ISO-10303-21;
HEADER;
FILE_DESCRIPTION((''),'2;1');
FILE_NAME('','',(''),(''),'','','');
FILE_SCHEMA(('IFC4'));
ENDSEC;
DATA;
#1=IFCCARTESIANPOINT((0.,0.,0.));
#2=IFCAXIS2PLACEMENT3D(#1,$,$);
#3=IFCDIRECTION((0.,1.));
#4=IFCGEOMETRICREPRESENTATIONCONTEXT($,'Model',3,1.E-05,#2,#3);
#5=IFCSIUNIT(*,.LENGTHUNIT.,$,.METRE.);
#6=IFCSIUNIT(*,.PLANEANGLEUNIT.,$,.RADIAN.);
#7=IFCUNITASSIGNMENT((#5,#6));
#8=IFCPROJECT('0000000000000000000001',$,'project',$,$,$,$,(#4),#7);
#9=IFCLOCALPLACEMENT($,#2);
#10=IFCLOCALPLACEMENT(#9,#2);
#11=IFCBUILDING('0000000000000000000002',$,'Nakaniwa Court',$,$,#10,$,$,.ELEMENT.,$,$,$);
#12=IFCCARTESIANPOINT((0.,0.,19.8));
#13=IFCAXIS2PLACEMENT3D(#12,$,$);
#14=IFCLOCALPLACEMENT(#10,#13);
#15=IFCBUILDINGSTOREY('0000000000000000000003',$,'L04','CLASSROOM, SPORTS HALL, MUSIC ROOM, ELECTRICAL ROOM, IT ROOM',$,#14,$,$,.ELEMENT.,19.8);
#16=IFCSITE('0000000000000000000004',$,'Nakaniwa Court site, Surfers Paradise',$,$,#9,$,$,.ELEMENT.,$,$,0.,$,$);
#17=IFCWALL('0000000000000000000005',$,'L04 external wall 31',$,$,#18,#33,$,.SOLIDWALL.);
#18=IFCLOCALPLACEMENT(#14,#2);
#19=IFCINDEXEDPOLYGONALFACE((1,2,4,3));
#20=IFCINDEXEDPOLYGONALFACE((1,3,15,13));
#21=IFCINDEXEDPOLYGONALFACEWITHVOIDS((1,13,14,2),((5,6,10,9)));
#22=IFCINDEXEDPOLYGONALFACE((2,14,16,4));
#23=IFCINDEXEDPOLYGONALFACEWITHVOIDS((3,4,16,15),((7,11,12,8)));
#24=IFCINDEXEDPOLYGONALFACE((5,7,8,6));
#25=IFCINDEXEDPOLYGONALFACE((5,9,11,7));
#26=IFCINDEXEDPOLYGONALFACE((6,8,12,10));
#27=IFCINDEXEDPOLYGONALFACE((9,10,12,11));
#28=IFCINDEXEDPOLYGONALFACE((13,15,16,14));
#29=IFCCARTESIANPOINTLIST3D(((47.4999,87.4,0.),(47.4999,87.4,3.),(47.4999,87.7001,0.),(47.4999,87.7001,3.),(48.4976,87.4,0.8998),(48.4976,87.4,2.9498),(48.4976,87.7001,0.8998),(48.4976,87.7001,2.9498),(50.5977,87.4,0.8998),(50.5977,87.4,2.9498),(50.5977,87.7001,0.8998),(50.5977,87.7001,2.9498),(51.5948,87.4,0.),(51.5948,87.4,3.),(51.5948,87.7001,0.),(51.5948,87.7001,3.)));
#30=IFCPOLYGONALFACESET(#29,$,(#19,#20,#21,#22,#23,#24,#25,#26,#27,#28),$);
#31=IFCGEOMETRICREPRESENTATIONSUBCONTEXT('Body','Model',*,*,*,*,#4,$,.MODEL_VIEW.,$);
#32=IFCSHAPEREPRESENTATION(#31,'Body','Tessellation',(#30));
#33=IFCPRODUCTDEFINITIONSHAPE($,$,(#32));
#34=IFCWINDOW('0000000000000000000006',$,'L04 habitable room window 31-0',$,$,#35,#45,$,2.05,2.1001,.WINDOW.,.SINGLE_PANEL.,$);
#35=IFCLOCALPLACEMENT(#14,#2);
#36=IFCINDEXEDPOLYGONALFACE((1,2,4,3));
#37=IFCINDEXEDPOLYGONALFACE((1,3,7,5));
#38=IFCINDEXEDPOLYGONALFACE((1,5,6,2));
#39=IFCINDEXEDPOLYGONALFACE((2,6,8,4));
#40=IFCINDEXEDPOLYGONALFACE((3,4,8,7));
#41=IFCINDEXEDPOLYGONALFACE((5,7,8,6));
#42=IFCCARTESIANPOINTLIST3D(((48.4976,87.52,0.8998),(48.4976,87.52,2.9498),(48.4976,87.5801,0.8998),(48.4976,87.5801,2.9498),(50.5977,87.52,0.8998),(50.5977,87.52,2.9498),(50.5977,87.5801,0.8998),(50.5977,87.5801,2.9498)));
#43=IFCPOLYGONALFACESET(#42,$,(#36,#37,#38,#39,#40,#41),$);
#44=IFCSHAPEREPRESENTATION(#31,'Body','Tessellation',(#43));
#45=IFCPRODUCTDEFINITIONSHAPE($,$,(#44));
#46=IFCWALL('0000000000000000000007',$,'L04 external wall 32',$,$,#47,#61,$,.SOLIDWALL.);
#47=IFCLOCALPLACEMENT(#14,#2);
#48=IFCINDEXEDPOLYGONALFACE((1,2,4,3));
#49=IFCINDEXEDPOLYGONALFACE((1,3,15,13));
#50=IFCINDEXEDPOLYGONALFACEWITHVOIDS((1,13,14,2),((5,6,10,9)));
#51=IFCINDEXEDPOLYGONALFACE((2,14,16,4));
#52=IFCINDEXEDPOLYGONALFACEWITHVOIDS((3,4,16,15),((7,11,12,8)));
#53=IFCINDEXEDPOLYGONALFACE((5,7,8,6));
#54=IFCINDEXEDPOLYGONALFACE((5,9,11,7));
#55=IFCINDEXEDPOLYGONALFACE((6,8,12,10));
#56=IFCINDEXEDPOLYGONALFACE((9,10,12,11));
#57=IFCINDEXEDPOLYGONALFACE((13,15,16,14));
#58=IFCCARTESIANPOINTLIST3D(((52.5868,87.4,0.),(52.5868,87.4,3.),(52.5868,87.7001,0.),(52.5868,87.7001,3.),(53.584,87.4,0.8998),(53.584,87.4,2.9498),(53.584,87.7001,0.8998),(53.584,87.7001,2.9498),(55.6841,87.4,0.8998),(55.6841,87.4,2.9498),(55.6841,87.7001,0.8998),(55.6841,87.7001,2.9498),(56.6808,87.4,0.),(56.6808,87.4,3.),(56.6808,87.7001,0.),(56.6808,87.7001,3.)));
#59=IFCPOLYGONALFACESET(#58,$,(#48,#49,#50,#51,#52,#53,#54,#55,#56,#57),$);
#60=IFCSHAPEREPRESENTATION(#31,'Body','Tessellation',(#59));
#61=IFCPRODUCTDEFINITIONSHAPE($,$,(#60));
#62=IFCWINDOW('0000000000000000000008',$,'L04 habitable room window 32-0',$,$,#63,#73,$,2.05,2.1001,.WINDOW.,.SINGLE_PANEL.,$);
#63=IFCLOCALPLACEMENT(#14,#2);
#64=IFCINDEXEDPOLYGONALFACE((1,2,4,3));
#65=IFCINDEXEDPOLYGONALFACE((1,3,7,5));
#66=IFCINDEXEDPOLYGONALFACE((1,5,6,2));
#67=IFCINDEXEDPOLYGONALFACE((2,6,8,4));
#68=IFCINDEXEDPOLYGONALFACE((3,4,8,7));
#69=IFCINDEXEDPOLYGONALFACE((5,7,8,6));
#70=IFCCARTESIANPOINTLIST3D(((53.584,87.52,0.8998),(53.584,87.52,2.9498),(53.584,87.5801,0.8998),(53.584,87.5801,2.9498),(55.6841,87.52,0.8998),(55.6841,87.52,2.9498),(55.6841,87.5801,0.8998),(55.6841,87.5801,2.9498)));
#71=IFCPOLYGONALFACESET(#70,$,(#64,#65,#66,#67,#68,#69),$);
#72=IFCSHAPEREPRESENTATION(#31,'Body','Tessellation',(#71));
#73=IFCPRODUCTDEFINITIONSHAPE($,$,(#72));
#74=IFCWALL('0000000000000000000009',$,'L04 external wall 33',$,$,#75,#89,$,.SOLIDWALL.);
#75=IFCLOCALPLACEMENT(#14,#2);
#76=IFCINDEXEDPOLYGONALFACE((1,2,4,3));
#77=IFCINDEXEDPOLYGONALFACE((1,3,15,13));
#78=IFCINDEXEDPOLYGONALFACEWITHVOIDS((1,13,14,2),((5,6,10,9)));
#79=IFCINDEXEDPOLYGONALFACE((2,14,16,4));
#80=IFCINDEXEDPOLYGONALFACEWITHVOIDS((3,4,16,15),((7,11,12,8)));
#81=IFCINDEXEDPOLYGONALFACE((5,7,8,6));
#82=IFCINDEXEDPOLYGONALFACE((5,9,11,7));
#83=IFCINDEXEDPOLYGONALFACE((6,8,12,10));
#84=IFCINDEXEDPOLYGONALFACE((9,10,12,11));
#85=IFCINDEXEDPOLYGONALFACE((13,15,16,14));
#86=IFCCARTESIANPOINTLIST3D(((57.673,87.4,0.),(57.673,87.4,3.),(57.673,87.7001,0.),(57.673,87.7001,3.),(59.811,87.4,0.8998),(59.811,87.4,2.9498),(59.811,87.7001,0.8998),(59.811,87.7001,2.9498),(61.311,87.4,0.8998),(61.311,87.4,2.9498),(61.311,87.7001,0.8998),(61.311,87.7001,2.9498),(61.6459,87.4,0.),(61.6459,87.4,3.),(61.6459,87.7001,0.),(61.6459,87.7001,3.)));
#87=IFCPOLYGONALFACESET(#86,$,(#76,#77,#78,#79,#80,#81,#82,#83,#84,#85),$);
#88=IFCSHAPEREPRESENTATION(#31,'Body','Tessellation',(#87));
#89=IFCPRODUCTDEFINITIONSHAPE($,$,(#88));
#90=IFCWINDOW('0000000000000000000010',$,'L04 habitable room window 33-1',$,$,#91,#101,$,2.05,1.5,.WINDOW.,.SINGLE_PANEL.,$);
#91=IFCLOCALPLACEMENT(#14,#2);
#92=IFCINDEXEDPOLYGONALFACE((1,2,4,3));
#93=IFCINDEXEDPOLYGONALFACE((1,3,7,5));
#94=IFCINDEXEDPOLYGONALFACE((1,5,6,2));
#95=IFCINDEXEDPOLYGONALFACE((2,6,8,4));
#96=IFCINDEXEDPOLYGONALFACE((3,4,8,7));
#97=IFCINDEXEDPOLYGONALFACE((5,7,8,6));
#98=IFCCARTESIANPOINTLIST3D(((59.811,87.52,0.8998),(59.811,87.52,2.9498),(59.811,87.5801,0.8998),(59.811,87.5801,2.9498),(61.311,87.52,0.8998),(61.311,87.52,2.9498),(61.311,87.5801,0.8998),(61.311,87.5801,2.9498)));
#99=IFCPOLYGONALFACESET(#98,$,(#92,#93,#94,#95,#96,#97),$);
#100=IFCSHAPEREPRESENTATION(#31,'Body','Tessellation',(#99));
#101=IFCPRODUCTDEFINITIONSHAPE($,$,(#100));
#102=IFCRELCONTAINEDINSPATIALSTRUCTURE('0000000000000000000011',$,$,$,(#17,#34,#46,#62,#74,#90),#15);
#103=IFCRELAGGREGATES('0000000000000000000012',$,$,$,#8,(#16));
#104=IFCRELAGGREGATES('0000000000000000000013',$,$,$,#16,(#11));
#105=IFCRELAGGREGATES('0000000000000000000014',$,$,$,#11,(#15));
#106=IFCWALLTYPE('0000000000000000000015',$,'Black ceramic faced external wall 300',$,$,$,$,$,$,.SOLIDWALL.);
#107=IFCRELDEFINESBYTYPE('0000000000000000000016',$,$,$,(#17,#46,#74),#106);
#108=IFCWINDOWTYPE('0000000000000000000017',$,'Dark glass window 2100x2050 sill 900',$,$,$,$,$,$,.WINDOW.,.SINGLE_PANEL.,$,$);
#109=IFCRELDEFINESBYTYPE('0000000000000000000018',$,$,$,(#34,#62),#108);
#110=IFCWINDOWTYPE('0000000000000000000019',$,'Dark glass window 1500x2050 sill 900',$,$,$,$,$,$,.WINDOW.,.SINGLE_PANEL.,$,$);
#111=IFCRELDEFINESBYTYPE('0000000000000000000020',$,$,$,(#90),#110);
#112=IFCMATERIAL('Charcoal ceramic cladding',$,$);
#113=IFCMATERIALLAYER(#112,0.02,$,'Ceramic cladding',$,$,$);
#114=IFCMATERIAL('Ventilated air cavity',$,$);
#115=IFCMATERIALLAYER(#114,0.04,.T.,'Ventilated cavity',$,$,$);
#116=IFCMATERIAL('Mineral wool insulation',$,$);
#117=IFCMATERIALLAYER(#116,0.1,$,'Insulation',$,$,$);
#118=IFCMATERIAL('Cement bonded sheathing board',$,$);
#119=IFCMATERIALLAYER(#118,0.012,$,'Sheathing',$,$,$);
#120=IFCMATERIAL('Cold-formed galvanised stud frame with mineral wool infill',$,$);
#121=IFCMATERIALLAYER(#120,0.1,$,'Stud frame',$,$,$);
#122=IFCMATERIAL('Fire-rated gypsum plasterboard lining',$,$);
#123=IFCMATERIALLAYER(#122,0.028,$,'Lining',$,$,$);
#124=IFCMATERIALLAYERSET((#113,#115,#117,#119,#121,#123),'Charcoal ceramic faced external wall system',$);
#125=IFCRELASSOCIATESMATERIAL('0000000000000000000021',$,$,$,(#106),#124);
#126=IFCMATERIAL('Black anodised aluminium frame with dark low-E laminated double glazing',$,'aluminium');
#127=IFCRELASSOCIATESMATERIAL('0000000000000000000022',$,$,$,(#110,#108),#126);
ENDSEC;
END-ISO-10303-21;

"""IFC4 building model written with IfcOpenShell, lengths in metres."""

from ifc_helpers import new_model, si_unit, direction, frame, frame_2d, origin, place, context, subcontext, project, spatial, rectangle, extrude, material, layer, layer_set, type_object, element, fill, save


model = new_model("IFC4")

# Units and contexts
model_context = context("Model", 3, precision=1e-05, world=origin(), true_north=direction((0.0, 1.0)))
body_context = subcontext(model_context, "Body", "Model", "MODEL_VIEW")
ifc_project = project(units=[si_unit("LENGTHUNIT", "METRE"), si_unit("PLANEANGLEUNIT", "RADIAN")], contexts=[model_context])

# Site, building, storey
site_placement = place(None, origin())
site = spatial("IfcSite", under=ifc_project, at=site_placement, Name="Nakaniwa Court site, Surfers Paradise", CompositionType="ELEMENT", RefElevation=0.0)
building_placement = place(site_placement, origin())
building = spatial("IfcBuilding", under=site, at=building_placement, Name="Nakaniwa Court", CompositionType="ELEMENT")
storey_placement = place(building_placement, frame((0.0, 0.0, 19.8)))
storey = spatial("IfcBuildingStorey", under=building, at=storey_placement, Name="L04", Description="CLASSROOM, SPORTS HALL, MUSIC ROOM, ELECTRICAL ROOM, IT ROOM", CompositionType="ELEMENT", Elevation=19.8)

# Walls, openings, windows
ifc_material_1 = material(Name="Charcoal ceramic cladding")
ifc_layer_1 = layer(ifc_material_1, 0.02, Name="Ceramic cladding")
ifc_material_2 = material(Name="Ventilated air cavity")
ifc_layer_2 = layer(ifc_material_2, 0.04, ventilated=True, Name="Ventilated cavity")
ifc_material_3 = material(Name="Mineral wool insulation")
ifc_layer_3 = layer(ifc_material_3, 0.1, Name="Insulation")
ifc_material_4 = material(Name="Cement bonded sheathing board")
ifc_layer_4 = layer(ifc_material_4, 0.012, Name="Sheathing")
ifc_material_5 = material(Name="Cold-formed galvanised stud frame with mineral wool infill")
ifc_layer_5 = layer(ifc_material_5, 0.1, Name="Stud frame")
ifc_material_6 = material(Name="Fire-rated gypsum plasterboard lining")
ifc_layer_6 = layer(ifc_material_6, 0.028, Name="Lining")
ifc_layer_set_1 = layer_set([ifc_layer_1, ifc_layer_2, ifc_layer_3, ifc_layer_4, ifc_layer_5, ifc_layer_6], Name="Charcoal ceramic faced external wall system")
wall_type_1 = type_object("IfcWallType", Name="Black ceramic faced external wall 300", PredefinedType="SOLIDWALL", material=ifc_layer_set_1)
ifc_material_7 = material(Name="Black anodised aluminium frame with dark low-E laminated double glazing", Category="aluminium")
window_type_1 = type_object("IfcWindowType", Name="Dark glass window 1500x2050 sill 900", PartitioningType="SINGLE_PANEL", PredefinedType="WINDOW", material=ifc_material_7)
window_type_2 = type_object("IfcWindowType", Name="Dark glass window 2100x2050 sill 900", PartitioningType="SINGLE_PANEL", PredefinedType="WINDOW", material=ifc_material_7)
wall_1_placement = place(storey_placement, frame((47.5, 87.55, 0.0), z_axis=(0.0, 0.0, 1.0), x_axis=(1.0, 0.0, 0.0)))
wall_1 = element("IfcWall", 1, at=wall_1_placement, inside=storey, type_object=wall_type_1, Name="L04 external wall 31", PredefinedType="SOLIDWALL", context=body_context, shape_type="SweptSolid", body=[
    extrude(rectangle(XDim=4.095, YDim=0.3, at=frame_2d((2.0474, 0.0))), origin(), (0.0, 0.0, 1.0), 3.0),
])
opening_1_placement = place(wall_1_placement, frame((0.9976, 0.0, 0.8999)))
opening_1 = element("IfcOpeningElement", 2, at=opening_1_placement, cuts=wall_1, PredefinedType="OPENING", context=body_context, shape_type="SweptSolid", body=[
    extrude(rectangle(XDim=2.1001, YDim=2.05, at=frame_2d((1.05, 1.0249))), frame((0.0, 0.1599, 0.0), z_axis=(0.0, -1.0, 0.0), x_axis=(1.0, 0.0, 0.0)), (0.0, 0.0, 1.0), 0.3201),
])
window_1_placement = place(opening_1_placement, origin())
window_1 = element("IfcWindow", 3, at=window_1_placement, inside=storey, type_object=window_type_2, Name="L04 habitable room window 31-0", OverallHeight=2.05, OverallWidth=2.1001, PartitioningType="SINGLE_PANEL", PredefinedType="WINDOW", context=body_context, shape_type="SweptSolid", body=[
    extrude(rectangle(XDim=2.1001, YDim=2.05, at=frame_2d((1.05, 1.0249))), frame((0.0, 0.03, 0.0), z_axis=(0.0, -1.0, 0.0), x_axis=(1.0, 0.0, 0.0)), (0.0, 0.0, 1.0), 0.0601),
])
fill(opening_1, window_1)
wall_2_placement = place(storey_placement, frame((52.5869, 87.55, 0.0), z_axis=(0.0, 0.0, 1.0), x_axis=(1.0, 0.0, 0.0)))
wall_2 = element("IfcWall", 4, at=wall_2_placement, inside=storey, type_object=wall_type_1, Name="L04 external wall 32", PredefinedType="SOLIDWALL", context=body_context, shape_type="SweptSolid", body=[
    extrude(rectangle(XDim=4.094, YDim=0.3, at=frame_2d((2.0469, 0.0))), origin(), (0.0, 0.0, 1.0), 3.0),
])
opening_2_placement = place(wall_2_placement, frame((0.9971, 0.0, 0.8999)))
opening_2 = element("IfcOpeningElement", 5, at=opening_2_placement, cuts=wall_2, PredefinedType="OPENING", context=body_context, shape_type="SweptSolid", body=[
    extrude(rectangle(XDim=2.1001, YDim=2.05, at=frame_2d((1.05, 1.0249))), frame((0.0, 0.1599, 0.0), z_axis=(0.0, -1.0, 0.0), x_axis=(1.0, 0.0, 0.0)), (0.0, 0.0, 1.0), 0.3201),
])
window_2_placement = place(opening_2_placement, origin())
window_2 = element("IfcWindow", 6, at=window_2_placement, inside=storey, type_object=window_type_2, Name="L04 habitable room window 32-0", OverallHeight=2.05, OverallWidth=2.1001, PartitioningType="SINGLE_PANEL", PredefinedType="WINDOW", context=body_context, shape_type="SweptSolid", body=[
    extrude(rectangle(XDim=2.1001, YDim=2.05, at=frame_2d((1.05, 1.0249))), frame((0.0, 0.03, 0.0), z_axis=(0.0, -1.0, 0.0), x_axis=(1.0, 0.0, 0.0)), (0.0, 0.0, 1.0), 0.0601),
])
fill(opening_2, window_2)
wall_3_placement = place(storey_placement, frame((57.6731, 87.55, 0.0), z_axis=(0.0, 0.0, 1.0), x_axis=(1.0, 0.0, 0.0)))
wall_3 = element("IfcWall", 7, at=wall_3_placement, inside=storey, type_object=wall_type_1, Name="L04 external wall 33", PredefinedType="SOLIDWALL", context=body_context, shape_type="SweptSolid", body=[
    extrude(rectangle(XDim=3.9729, YDim=0.3, at=frame_2d((1.9863, 0.0))), origin(), (0.0, 0.0, 1.0), 3.0),
])
opening_3_placement = place(wall_3_placement, frame((2.1379, 0.0, 0.8999)))
opening_3 = element("IfcOpeningElement", 8, at=opening_3_placement, cuts=wall_3, PredefinedType="OPENING", context=body_context, shape_type="SweptSolid", body=[
    extrude(rectangle(XDim=1.5, YDim=2.05, at=frame_2d((0.75, 1.0249))), frame((0.0, 0.1599, 0.0), z_axis=(0.0, -1.0, 0.0), x_axis=(1.0, 0.0, 0.0)), (0.0, 0.0, 1.0), 0.3201),
])
window_3_placement = place(opening_3_placement, origin())
window_3 = element("IfcWindow", 9, at=window_3_placement, inside=storey, type_object=window_type_1, Name="L04 habitable room window 33-1", OverallHeight=2.05, OverallWidth=1.5, PartitioningType="SINGLE_PANEL", PredefinedType="WINDOW", context=body_context, shape_type="SweptSolid", body=[
    extrude(rectangle(XDim=1.5, YDim=2.05, at=frame_2d((0.75, 1.0249))), frame((0.0, 0.03, 0.0), z_axis=(0.0, -1.0, 0.0), x_axis=(1.0, 0.0, 0.0)), (0.0, 0.0, 1.0), 0.0601),
])
fill(opening_3, window_3)

save(model, "model.ifc")
